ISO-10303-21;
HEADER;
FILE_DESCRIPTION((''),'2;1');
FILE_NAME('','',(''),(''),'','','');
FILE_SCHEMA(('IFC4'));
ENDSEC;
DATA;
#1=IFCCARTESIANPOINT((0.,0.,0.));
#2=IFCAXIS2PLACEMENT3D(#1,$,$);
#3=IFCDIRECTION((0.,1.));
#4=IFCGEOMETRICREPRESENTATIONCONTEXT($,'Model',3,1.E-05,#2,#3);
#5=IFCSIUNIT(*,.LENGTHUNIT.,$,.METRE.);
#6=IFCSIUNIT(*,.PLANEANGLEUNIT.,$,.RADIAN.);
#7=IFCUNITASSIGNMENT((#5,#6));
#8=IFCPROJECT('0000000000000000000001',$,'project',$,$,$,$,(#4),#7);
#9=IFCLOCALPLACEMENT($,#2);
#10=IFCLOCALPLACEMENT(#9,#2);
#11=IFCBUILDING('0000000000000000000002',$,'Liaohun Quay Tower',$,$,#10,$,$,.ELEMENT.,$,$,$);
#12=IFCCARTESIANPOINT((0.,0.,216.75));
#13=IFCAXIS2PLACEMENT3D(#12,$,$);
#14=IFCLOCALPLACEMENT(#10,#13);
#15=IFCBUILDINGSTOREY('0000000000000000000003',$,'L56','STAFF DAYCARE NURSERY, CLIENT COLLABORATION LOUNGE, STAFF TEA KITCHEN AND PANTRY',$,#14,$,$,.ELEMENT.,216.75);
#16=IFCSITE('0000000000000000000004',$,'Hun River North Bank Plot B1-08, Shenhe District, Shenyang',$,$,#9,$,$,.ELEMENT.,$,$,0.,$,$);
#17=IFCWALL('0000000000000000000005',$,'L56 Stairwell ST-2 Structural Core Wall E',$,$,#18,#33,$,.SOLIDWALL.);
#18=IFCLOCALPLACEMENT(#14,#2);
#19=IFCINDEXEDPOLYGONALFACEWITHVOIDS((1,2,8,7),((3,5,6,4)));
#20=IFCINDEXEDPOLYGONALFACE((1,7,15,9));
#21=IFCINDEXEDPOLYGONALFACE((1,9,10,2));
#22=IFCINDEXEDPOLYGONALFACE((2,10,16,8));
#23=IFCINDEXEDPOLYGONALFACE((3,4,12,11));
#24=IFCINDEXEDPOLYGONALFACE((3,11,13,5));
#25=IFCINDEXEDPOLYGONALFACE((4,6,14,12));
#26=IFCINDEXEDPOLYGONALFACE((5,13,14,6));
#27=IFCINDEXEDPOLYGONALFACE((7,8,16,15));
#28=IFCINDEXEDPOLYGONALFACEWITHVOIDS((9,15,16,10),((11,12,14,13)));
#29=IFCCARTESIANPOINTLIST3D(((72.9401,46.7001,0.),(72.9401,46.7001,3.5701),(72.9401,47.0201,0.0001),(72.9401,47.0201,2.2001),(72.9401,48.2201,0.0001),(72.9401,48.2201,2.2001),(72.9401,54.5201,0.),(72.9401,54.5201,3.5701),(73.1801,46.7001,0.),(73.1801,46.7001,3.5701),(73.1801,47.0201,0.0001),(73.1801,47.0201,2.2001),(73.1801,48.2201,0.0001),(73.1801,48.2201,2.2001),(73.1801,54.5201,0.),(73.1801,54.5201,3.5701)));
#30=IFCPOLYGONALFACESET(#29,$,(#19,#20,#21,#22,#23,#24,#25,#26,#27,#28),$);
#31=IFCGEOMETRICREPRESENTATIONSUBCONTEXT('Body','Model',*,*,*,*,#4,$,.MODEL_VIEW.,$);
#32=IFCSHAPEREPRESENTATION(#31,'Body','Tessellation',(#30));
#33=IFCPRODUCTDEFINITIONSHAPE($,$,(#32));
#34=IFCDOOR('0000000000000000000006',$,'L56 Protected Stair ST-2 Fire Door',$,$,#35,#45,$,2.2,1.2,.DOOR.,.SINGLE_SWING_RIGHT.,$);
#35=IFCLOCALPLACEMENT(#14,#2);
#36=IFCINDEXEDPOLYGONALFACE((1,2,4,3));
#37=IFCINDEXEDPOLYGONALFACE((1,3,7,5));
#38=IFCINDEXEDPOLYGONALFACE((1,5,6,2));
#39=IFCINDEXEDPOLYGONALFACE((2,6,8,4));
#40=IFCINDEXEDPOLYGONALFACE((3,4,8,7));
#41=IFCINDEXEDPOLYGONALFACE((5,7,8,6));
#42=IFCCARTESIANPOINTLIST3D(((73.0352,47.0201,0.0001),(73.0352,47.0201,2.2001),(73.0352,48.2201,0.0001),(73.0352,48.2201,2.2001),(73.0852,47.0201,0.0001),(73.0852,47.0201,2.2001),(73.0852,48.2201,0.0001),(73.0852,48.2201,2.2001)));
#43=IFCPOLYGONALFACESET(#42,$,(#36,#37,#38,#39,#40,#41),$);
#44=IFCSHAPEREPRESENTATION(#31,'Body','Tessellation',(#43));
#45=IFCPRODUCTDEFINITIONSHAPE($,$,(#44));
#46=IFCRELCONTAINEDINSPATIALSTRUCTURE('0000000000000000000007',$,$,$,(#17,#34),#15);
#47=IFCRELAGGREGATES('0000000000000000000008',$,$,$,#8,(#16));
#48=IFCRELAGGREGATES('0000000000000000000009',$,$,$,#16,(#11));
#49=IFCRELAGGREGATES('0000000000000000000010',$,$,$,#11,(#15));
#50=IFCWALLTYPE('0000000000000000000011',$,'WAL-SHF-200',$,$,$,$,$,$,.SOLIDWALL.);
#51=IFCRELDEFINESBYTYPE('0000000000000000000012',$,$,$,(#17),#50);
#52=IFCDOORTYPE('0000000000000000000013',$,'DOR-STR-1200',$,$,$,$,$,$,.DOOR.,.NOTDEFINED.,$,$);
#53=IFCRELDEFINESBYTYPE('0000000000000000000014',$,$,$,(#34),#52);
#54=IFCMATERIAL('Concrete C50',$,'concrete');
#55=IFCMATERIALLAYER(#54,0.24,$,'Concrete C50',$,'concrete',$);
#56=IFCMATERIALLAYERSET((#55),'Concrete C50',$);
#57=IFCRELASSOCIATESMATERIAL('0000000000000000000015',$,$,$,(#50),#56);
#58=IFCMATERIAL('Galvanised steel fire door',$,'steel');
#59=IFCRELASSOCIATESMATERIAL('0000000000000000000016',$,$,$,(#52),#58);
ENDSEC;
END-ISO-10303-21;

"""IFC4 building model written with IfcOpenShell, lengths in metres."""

from ifc_helpers import new_model, si_unit, direction, frame, frame_2d, origin, place, context, subcontext, project, spatial, rectangle, extrude, source, transform, mapped, material, layer, layer_set, type_object, element, fill, save


model = new_model("IFC4")

# Units and contexts
model_context = context("Model", 3, precision=1e-05, world=origin(), true_north=direction((0.0, 1.0)))
body_context = subcontext(model_context, "Body", "Model", "MODEL_VIEW")
ifc_project = project(units=[si_unit("LENGTHUNIT", "METRE"), si_unit("PLANEANGLEUNIT", "RADIAN")], contexts=[model_context])

# Site, building, storey
site_placement = place(None, origin())
site = spatial("IfcSite", under=ifc_project, at=site_placement, Name="Hun River North Bank Plot B1-08, Shenhe District, Shenyang", CompositionType="ELEMENT", RefElevation=0.0)
building_placement = place(site_placement, origin())
building = spatial("IfcBuilding", under=site, at=building_placement, Name="Liaohun Quay Tower", CompositionType="ELEMENT")
storey_placement = place(building_placement, frame((0.0, 0.0, 216.75)))
storey = spatial("IfcBuildingStorey", under=building, at=storey_placement, Name="L56", Description="STAFF DAYCARE NURSERY, CLIENT COLLABORATION LOUNGE, STAFF TEA KITCHEN AND PANTRY", CompositionType="ELEMENT", Elevation=216.75)

# Shared definitions
ifc_material_1 = material(Name="Concrete C50", Category="concrete")
ifc_layer_1 = layer(ifc_material_1, 0.24, Name="Concrete C50", Category="concrete")
ifc_layer_set_1 = layer_set([ifc_layer_1], Name="Concrete C50")
wall_type_1 = type_object("IfcWallType", Name="WAL-SHF-200", PredefinedType="SOLIDWALL", material=ifc_layer_set_1)

# Wall, opening, door
wall_1_placement = place(storey_placement, frame((73.0601, 46.7, 0.0), z_axis=(0.0, 0.0, 1.0), x_axis=(0.0, 1.0, 0.0)))
wall_1 = element("IfcWall", 1, at=wall_1_placement, inside=storey, type_object=wall_type_1, Name="L56 Stairwell ST-2 Structural Core Wall E", PredefinedType="SOLIDWALL", context=body_context, shape_type="SweptSolid", body=[
    extrude(rectangle(XDim=7.8201, YDim=0.24, at=frame_2d((3.9102, 0.0))), origin(), (0.0, 0.0, 1.0), 3.5701),
])
shared_shape_1 = source(origin(), body_context, "Body", "SweptSolid", [
    extrude(rectangle(XDim=1.2, YDim=2.2, at=frame_2d((0.6001, 1.1001))), frame((0.0, 0.1299, 0.0), z_axis=(0.0, -1.0, 0.0), x_axis=(1.0, 0.0, 0.0)), (0.0, 0.0, 1.0), 0.26),
])
opening_1_placement = place(wall_1_placement, frame((0.3201, 0.0, 0.0)))
opening_1 = element("IfcOpeningElement", 2, at=opening_1_placement, cuts=wall_1, PredefinedType="OPENING", context=body_context, shape_type="MappedRepresentation", body=[
    mapped(shared_shape_1, transform((0.0, 0.0, 0.0), x_axis=(1.0, 0.0, 0.0), y_axis=(0.0, 1.0, 0.0), z_axis=(0.0, 0.0, 1.0), scale=1.0)),
])
ifc_material_2 = material(Name="Galvanised steel fire door", Category="steel")
door_type_1 = type_object("IfcDoorType", Name="DOR-STR-1200", OperationType="NOTDEFINED", PredefinedType="DOOR", material=ifc_material_2)
shared_shape_2 = source(origin(), body_context, "Body", "SweptSolid", [
    extrude(rectangle(XDim=1.2, YDim=2.2, at=frame_2d((0.6001, 1.1001))), frame((0.0, 0.0249, 0.0), z_axis=(0.0, -1.0, 0.0), x_axis=(1.0, 0.0, 0.0)), (0.0, 0.0, 1.0), 0.05),
])
door_1_placement = place(opening_1_placement, origin())
door_1 = element("IfcDoor", 3, at=door_1_placement, inside=storey, type_object=door_type_1, Name="L56 Protected Stair ST-2 Fire Door", OperationType="SINGLE_SWING_RIGHT", OverallHeight=2.2, OverallWidth=1.2, PredefinedType="DOOR", context=body_context, shape_type="MappedRepresentation", body=[
    mapped(shared_shape_2, transform((0.0, 0.0, 0.0), x_axis=(1.0, 0.0, 0.0), y_axis=(0.0, 1.0, 0.0), z_axis=(0.0, 0.0, 1.0), scale=1.0)),
])
fill(opening_1, door_1)

save(model, "model.ifc")
